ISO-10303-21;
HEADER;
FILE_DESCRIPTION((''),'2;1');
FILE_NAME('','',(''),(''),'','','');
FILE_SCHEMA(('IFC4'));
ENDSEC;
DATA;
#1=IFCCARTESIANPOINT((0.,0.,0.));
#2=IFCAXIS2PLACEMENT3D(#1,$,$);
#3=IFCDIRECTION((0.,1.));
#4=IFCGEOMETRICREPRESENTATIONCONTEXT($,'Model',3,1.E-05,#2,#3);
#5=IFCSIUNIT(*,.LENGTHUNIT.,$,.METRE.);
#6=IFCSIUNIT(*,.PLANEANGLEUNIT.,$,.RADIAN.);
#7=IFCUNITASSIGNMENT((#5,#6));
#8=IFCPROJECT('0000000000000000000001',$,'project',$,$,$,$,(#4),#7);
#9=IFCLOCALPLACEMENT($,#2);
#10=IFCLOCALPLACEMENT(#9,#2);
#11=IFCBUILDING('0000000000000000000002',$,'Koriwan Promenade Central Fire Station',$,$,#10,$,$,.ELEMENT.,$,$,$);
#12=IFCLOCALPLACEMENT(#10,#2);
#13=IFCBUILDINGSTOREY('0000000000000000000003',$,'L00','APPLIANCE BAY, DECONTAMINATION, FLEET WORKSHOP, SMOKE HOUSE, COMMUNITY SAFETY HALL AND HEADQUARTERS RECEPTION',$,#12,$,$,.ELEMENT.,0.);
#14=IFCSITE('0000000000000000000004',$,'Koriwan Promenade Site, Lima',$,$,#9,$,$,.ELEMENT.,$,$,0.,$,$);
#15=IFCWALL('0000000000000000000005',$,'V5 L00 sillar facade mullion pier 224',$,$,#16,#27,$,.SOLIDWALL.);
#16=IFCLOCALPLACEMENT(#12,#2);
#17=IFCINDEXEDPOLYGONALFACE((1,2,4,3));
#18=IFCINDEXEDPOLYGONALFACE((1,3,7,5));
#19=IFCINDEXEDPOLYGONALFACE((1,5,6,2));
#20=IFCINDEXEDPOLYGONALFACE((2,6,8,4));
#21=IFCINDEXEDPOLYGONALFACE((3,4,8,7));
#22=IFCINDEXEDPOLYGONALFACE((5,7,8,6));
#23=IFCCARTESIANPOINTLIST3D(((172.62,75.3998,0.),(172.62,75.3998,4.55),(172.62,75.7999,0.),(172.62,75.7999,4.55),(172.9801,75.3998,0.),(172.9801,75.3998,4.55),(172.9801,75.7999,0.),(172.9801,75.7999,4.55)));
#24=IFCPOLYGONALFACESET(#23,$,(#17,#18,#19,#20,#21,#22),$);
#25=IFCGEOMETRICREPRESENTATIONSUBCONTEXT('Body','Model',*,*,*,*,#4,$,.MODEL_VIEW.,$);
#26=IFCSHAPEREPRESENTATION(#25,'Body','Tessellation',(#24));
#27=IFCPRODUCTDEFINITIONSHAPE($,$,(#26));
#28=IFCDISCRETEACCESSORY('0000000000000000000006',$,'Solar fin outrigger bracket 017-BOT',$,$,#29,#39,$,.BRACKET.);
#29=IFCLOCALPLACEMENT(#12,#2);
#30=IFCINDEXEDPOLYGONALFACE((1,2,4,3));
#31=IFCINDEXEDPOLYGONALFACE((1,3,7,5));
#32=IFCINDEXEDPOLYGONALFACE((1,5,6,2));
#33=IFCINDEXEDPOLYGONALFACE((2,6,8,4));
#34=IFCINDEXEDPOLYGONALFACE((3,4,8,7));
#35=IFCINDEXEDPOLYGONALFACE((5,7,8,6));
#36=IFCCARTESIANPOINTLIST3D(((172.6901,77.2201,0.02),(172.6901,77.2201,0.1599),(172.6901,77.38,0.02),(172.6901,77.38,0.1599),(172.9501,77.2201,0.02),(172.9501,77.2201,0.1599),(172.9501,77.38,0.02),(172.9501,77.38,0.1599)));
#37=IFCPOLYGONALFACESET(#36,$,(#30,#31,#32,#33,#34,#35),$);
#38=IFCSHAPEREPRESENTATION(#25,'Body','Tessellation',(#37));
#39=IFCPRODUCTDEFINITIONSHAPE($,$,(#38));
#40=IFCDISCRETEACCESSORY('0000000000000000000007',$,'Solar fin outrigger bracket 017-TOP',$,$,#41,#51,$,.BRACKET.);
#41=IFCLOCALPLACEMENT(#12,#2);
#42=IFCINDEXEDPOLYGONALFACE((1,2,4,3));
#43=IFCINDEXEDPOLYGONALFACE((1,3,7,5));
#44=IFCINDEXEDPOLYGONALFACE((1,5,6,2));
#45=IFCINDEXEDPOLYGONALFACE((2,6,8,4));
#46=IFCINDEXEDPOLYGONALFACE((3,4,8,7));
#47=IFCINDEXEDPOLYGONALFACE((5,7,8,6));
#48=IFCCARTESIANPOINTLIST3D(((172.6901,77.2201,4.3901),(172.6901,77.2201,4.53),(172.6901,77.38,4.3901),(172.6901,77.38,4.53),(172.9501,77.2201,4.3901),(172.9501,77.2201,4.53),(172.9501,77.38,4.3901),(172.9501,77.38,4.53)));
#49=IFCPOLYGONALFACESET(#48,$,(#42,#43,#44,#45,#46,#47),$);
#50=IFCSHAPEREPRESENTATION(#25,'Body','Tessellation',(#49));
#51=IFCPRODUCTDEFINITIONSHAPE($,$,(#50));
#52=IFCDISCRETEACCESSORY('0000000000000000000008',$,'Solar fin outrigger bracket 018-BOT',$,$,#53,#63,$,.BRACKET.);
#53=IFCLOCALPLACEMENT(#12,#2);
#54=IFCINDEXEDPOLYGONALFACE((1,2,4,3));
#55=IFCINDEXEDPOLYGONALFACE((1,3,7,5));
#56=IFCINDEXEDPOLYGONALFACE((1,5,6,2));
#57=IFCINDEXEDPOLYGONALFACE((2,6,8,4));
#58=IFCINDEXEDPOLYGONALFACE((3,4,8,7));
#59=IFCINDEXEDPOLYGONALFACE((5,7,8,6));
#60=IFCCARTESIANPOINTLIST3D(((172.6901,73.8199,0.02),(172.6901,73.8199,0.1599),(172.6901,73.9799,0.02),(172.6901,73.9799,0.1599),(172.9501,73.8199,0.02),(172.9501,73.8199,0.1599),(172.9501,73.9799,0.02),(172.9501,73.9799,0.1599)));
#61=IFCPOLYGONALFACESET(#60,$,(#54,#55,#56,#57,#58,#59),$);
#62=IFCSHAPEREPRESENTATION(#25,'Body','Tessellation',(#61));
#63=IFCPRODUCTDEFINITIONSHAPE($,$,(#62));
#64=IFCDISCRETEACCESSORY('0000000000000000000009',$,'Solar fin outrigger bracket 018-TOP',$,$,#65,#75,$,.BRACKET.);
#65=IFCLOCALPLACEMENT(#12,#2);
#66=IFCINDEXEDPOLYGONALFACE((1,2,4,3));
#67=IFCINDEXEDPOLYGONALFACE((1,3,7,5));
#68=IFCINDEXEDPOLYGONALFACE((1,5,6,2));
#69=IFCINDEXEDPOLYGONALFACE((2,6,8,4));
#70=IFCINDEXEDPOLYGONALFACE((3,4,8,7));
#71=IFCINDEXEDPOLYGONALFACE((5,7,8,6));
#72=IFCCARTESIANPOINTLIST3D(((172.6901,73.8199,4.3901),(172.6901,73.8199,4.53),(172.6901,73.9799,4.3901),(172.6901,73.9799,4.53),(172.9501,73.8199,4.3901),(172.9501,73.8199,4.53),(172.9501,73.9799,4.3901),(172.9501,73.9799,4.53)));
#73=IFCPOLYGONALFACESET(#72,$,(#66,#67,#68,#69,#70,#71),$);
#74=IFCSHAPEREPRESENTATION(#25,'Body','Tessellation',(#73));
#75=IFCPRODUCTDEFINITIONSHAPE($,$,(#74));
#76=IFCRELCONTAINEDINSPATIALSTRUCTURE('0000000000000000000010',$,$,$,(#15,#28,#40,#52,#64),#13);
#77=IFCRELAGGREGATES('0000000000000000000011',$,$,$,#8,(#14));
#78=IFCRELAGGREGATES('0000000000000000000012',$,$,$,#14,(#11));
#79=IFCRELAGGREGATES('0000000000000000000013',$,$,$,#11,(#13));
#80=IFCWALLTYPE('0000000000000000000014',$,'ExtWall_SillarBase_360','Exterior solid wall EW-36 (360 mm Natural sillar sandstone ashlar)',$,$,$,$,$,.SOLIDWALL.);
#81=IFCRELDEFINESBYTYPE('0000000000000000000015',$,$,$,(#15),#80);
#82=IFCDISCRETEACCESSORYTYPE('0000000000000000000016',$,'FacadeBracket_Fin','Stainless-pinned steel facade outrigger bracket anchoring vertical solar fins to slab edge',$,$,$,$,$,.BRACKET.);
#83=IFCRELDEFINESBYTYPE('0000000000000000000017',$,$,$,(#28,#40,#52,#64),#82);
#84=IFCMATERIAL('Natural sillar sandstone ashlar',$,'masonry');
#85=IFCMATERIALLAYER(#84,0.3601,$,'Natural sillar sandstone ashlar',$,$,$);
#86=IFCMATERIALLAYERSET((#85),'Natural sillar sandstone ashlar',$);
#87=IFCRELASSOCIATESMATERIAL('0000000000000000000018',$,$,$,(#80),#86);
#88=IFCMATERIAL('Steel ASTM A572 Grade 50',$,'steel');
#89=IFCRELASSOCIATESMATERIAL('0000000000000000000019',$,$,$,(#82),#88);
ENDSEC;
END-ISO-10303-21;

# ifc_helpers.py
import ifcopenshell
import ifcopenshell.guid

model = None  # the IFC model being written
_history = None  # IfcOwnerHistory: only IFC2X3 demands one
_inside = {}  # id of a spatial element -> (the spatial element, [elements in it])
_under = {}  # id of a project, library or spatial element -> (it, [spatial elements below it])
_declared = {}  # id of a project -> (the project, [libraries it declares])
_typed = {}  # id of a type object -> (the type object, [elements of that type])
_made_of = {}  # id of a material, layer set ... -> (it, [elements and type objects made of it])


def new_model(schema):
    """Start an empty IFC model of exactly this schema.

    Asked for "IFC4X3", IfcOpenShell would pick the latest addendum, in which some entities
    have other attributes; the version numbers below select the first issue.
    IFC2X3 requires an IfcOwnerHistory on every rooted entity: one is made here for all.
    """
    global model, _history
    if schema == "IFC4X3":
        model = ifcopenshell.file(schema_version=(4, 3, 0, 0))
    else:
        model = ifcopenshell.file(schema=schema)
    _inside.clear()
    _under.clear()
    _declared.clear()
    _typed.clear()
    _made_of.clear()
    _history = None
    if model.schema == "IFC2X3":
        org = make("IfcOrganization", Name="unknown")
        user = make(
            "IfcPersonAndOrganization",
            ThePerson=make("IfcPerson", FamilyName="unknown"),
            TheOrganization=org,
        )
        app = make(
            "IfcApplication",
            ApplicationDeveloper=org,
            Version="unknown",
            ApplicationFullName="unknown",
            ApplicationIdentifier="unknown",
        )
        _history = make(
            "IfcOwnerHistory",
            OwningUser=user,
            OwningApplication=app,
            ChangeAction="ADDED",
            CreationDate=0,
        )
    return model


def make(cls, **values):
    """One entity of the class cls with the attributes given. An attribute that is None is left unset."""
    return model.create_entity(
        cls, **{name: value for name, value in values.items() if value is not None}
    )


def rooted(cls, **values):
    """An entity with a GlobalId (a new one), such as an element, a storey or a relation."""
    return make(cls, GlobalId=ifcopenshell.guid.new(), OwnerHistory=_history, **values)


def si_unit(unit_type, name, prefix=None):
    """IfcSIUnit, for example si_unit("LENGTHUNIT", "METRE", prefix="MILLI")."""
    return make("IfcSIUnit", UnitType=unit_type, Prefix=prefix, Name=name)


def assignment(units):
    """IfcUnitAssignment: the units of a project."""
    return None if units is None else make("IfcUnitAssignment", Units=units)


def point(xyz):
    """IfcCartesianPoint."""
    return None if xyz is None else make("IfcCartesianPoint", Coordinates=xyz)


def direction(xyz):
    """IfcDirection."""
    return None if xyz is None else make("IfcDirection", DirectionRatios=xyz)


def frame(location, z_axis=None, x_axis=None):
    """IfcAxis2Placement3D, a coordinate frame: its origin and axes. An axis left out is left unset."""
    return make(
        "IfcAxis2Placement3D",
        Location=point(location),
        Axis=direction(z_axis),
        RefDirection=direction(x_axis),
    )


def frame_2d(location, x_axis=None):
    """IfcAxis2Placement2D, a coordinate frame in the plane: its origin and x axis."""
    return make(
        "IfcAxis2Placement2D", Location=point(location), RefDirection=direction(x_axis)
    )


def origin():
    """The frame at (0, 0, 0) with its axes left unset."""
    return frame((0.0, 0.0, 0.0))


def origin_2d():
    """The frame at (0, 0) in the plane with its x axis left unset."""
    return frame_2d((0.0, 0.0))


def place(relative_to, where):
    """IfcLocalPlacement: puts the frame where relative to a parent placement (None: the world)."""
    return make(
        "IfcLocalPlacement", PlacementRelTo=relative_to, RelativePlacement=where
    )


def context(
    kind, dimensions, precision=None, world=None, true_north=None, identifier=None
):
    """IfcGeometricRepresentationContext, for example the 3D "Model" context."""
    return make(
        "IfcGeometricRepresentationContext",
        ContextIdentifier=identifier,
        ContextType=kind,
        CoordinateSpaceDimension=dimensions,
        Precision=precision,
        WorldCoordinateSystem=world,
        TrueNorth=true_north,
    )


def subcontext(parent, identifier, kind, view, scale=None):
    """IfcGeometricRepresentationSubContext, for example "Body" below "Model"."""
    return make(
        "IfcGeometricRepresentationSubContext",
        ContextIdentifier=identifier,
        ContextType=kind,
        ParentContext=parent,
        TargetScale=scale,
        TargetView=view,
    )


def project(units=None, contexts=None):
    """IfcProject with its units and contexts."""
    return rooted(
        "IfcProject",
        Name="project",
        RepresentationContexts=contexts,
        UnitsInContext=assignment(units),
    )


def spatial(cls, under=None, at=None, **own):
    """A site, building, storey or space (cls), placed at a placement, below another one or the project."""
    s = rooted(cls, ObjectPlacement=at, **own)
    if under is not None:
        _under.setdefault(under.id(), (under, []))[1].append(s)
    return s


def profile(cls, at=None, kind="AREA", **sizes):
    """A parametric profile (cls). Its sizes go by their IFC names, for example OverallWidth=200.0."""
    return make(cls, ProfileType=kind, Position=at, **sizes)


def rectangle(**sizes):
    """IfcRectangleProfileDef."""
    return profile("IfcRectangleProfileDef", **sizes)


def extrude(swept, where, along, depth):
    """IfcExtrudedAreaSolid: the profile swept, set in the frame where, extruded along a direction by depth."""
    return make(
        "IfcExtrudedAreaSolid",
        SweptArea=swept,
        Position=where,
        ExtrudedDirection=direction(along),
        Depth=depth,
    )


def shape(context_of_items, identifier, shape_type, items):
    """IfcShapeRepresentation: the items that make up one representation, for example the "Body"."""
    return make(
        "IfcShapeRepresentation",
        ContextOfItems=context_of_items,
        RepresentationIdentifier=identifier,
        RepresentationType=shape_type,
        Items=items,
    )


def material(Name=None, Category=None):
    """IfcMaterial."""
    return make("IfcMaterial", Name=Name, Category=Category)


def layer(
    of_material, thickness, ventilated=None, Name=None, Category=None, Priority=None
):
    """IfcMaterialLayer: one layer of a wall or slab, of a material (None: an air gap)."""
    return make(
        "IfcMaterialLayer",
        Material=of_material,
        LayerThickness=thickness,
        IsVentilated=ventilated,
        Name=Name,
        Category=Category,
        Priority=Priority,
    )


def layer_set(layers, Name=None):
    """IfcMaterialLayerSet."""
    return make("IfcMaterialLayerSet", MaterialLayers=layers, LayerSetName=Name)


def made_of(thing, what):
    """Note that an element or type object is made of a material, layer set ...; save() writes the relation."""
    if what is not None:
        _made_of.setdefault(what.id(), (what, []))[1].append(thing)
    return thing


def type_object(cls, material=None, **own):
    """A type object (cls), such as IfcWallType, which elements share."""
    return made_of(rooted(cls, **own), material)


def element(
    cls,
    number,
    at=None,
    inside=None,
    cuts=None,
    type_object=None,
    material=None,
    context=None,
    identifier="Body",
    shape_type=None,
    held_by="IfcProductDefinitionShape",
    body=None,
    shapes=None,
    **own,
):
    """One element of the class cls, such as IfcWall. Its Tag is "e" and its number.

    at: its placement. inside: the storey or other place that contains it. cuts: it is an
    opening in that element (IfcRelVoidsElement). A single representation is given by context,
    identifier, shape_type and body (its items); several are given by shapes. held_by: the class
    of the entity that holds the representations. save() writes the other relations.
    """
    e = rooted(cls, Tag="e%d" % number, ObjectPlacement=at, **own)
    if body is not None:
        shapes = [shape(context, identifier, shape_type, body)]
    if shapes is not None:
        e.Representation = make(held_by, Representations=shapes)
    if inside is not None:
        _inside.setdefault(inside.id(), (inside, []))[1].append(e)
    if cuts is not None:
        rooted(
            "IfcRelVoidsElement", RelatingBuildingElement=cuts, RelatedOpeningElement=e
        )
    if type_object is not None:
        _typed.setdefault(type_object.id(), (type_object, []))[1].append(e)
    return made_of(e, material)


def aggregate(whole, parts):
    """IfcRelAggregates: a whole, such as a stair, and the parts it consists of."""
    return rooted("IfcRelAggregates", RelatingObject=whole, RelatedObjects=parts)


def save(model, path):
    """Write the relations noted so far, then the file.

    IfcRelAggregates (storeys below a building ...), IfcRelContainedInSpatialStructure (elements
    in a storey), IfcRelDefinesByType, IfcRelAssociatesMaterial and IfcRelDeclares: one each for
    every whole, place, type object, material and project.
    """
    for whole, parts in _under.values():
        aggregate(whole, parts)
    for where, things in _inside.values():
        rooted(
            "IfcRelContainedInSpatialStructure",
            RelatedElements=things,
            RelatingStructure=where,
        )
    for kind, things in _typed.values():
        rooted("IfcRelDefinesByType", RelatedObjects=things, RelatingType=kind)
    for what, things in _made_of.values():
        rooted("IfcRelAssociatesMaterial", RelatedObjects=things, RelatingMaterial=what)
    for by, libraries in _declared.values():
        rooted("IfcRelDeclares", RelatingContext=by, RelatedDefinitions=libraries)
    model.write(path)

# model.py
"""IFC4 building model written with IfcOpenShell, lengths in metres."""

from ifc_helpers import new_model, si_unit, direction, frame, frame_2d, origin, origin_2d, place, context, subcontext, project, spatial, rectangle, extrude, material, layer, layer_set, type_object, element, save


model = new_model("IFC4")

# Units and contexts
model_context = context("Model", 3, precision=1e-05, world=origin(), true_north=direction((0.0, 1.0)))
body_context = subcontext(model_context, "Body", "Model", "MODEL_VIEW")
ifc_project = project(units=[si_unit("LENGTHUNIT", "METRE"), si_unit("PLANEANGLEUNIT", "RADIAN")], contexts=[model_context])

# Site, building, storey
site_placement = place(None, origin())
site = spatial("IfcSite", under=ifc_project, at=site_placement, Name="Koriwan Promenade Site, Lima", CompositionType="ELEMENT", RefElevation=0.0)
building_placement = place(site_placement, origin())
building = spatial("IfcBuilding", under=site, at=building_placement, Name="Koriwan Promenade Central Fire Station", CompositionType="ELEMENT")
storey_placement = place(building_placement, origin())
storey = spatial("IfcBuildingStorey", under=building, at=storey_placement, Name="L00", Description="APPLIANCE BAY, DECONTAMINATION, FLEET WORKSHOP, SMOKE HOUSE, COMMUNITY SAFETY HALL AND HEADQUARTERS RECEPTION", CompositionType="ELEMENT", Elevation=0.0)

# Wall
ifc_material_1 = material(Name="Natural sillar sandstone ashlar", Category="masonry")
ifc_layer_1 = layer(ifc_material_1, 0.3601, Name="Natural sillar sandstone ashlar")
ifc_layer_set_1 = layer_set([ifc_layer_1], Name="Natural sillar sandstone ashlar")
wall_type = type_object("IfcWallType", Name="ExtWall_SillarBase_360", Description="Exterior solid wall EW-36 (360 mm Natural sillar sandstone ashlar)", PredefinedType="SOLIDWALL", material=ifc_layer_set_1)
wall_placement = place(storey_placement, frame((172.8, 75.8, 0.0), z_axis=(0.0, 0.0, 1.0), x_axis=(0.0, -1.0, 0.0)))
element("IfcWall", 1, at=wall_placement, inside=storey, type_object=wall_type, Name="V5 L00 sillar facade mullion pier 224", PredefinedType="SOLIDWALL", context=body_context, shape_type="SweptSolid", body=[
    extrude(rectangle(XDim=0.4001, YDim=0.3601, at=frame_2d((0.2002, 0.0))), origin(), (0.0, 0.0, 1.0), 4.55),
])

# Discrete accessories
ifc_material_2 = material(Name="Steel ASTM A572 Grade 50", Category="steel")
discrete_accessory_type = type_object("IfcDiscreteAccessoryType", Name="FacadeBracket_Fin", Description="Stainless-pinned steel facade outrigger bracket anchoring vertical solar fins to slab edge", PredefinedType="BRACKET", material=ifc_material_2)
for number, where, z_axis, x_axis, name in (
    (2, (172.8201, 77.3, 0.02), (0.0, 0.0, 1.0), (1.0, 0.0, 0.0), "Solar fin outrigger bracket 017-BOT"),
    (3, (172.8201, 77.3, 4.3901), (0.0, 0.0, 1.0), (1.0, 0.0, 0.0), "Solar fin outrigger bracket 017-TOP"),
    (4, (172.8201, 73.8999, 0.02), (0.0, 0.0, 1.0), (1.0, 0.0, 0.0), "Solar fin outrigger bracket 018-BOT"),
    (5, (172.8201, 73.8999, 4.3901), (0.0, 0.0, 1.0), (1.0, 0.0, 0.0), "Solar fin outrigger bracket 018-TOP"),
):
    element("IfcDiscreteAccessory", number, at=place(storey_placement, frame(where, z_axis=z_axis, x_axis=x_axis)), inside=storey, type_object=discrete_accessory_type, Name=name, PredefinedType="BRACKET", context=body_context, shape_type="SweptSolid", body=[
        extrude(rectangle(XDim=0.26, YDim=0.1599, at=origin_2d()), origin(), (0.0, 0.0, 1.0), 0.1399),
    ])

save(model, "model.ifc")
